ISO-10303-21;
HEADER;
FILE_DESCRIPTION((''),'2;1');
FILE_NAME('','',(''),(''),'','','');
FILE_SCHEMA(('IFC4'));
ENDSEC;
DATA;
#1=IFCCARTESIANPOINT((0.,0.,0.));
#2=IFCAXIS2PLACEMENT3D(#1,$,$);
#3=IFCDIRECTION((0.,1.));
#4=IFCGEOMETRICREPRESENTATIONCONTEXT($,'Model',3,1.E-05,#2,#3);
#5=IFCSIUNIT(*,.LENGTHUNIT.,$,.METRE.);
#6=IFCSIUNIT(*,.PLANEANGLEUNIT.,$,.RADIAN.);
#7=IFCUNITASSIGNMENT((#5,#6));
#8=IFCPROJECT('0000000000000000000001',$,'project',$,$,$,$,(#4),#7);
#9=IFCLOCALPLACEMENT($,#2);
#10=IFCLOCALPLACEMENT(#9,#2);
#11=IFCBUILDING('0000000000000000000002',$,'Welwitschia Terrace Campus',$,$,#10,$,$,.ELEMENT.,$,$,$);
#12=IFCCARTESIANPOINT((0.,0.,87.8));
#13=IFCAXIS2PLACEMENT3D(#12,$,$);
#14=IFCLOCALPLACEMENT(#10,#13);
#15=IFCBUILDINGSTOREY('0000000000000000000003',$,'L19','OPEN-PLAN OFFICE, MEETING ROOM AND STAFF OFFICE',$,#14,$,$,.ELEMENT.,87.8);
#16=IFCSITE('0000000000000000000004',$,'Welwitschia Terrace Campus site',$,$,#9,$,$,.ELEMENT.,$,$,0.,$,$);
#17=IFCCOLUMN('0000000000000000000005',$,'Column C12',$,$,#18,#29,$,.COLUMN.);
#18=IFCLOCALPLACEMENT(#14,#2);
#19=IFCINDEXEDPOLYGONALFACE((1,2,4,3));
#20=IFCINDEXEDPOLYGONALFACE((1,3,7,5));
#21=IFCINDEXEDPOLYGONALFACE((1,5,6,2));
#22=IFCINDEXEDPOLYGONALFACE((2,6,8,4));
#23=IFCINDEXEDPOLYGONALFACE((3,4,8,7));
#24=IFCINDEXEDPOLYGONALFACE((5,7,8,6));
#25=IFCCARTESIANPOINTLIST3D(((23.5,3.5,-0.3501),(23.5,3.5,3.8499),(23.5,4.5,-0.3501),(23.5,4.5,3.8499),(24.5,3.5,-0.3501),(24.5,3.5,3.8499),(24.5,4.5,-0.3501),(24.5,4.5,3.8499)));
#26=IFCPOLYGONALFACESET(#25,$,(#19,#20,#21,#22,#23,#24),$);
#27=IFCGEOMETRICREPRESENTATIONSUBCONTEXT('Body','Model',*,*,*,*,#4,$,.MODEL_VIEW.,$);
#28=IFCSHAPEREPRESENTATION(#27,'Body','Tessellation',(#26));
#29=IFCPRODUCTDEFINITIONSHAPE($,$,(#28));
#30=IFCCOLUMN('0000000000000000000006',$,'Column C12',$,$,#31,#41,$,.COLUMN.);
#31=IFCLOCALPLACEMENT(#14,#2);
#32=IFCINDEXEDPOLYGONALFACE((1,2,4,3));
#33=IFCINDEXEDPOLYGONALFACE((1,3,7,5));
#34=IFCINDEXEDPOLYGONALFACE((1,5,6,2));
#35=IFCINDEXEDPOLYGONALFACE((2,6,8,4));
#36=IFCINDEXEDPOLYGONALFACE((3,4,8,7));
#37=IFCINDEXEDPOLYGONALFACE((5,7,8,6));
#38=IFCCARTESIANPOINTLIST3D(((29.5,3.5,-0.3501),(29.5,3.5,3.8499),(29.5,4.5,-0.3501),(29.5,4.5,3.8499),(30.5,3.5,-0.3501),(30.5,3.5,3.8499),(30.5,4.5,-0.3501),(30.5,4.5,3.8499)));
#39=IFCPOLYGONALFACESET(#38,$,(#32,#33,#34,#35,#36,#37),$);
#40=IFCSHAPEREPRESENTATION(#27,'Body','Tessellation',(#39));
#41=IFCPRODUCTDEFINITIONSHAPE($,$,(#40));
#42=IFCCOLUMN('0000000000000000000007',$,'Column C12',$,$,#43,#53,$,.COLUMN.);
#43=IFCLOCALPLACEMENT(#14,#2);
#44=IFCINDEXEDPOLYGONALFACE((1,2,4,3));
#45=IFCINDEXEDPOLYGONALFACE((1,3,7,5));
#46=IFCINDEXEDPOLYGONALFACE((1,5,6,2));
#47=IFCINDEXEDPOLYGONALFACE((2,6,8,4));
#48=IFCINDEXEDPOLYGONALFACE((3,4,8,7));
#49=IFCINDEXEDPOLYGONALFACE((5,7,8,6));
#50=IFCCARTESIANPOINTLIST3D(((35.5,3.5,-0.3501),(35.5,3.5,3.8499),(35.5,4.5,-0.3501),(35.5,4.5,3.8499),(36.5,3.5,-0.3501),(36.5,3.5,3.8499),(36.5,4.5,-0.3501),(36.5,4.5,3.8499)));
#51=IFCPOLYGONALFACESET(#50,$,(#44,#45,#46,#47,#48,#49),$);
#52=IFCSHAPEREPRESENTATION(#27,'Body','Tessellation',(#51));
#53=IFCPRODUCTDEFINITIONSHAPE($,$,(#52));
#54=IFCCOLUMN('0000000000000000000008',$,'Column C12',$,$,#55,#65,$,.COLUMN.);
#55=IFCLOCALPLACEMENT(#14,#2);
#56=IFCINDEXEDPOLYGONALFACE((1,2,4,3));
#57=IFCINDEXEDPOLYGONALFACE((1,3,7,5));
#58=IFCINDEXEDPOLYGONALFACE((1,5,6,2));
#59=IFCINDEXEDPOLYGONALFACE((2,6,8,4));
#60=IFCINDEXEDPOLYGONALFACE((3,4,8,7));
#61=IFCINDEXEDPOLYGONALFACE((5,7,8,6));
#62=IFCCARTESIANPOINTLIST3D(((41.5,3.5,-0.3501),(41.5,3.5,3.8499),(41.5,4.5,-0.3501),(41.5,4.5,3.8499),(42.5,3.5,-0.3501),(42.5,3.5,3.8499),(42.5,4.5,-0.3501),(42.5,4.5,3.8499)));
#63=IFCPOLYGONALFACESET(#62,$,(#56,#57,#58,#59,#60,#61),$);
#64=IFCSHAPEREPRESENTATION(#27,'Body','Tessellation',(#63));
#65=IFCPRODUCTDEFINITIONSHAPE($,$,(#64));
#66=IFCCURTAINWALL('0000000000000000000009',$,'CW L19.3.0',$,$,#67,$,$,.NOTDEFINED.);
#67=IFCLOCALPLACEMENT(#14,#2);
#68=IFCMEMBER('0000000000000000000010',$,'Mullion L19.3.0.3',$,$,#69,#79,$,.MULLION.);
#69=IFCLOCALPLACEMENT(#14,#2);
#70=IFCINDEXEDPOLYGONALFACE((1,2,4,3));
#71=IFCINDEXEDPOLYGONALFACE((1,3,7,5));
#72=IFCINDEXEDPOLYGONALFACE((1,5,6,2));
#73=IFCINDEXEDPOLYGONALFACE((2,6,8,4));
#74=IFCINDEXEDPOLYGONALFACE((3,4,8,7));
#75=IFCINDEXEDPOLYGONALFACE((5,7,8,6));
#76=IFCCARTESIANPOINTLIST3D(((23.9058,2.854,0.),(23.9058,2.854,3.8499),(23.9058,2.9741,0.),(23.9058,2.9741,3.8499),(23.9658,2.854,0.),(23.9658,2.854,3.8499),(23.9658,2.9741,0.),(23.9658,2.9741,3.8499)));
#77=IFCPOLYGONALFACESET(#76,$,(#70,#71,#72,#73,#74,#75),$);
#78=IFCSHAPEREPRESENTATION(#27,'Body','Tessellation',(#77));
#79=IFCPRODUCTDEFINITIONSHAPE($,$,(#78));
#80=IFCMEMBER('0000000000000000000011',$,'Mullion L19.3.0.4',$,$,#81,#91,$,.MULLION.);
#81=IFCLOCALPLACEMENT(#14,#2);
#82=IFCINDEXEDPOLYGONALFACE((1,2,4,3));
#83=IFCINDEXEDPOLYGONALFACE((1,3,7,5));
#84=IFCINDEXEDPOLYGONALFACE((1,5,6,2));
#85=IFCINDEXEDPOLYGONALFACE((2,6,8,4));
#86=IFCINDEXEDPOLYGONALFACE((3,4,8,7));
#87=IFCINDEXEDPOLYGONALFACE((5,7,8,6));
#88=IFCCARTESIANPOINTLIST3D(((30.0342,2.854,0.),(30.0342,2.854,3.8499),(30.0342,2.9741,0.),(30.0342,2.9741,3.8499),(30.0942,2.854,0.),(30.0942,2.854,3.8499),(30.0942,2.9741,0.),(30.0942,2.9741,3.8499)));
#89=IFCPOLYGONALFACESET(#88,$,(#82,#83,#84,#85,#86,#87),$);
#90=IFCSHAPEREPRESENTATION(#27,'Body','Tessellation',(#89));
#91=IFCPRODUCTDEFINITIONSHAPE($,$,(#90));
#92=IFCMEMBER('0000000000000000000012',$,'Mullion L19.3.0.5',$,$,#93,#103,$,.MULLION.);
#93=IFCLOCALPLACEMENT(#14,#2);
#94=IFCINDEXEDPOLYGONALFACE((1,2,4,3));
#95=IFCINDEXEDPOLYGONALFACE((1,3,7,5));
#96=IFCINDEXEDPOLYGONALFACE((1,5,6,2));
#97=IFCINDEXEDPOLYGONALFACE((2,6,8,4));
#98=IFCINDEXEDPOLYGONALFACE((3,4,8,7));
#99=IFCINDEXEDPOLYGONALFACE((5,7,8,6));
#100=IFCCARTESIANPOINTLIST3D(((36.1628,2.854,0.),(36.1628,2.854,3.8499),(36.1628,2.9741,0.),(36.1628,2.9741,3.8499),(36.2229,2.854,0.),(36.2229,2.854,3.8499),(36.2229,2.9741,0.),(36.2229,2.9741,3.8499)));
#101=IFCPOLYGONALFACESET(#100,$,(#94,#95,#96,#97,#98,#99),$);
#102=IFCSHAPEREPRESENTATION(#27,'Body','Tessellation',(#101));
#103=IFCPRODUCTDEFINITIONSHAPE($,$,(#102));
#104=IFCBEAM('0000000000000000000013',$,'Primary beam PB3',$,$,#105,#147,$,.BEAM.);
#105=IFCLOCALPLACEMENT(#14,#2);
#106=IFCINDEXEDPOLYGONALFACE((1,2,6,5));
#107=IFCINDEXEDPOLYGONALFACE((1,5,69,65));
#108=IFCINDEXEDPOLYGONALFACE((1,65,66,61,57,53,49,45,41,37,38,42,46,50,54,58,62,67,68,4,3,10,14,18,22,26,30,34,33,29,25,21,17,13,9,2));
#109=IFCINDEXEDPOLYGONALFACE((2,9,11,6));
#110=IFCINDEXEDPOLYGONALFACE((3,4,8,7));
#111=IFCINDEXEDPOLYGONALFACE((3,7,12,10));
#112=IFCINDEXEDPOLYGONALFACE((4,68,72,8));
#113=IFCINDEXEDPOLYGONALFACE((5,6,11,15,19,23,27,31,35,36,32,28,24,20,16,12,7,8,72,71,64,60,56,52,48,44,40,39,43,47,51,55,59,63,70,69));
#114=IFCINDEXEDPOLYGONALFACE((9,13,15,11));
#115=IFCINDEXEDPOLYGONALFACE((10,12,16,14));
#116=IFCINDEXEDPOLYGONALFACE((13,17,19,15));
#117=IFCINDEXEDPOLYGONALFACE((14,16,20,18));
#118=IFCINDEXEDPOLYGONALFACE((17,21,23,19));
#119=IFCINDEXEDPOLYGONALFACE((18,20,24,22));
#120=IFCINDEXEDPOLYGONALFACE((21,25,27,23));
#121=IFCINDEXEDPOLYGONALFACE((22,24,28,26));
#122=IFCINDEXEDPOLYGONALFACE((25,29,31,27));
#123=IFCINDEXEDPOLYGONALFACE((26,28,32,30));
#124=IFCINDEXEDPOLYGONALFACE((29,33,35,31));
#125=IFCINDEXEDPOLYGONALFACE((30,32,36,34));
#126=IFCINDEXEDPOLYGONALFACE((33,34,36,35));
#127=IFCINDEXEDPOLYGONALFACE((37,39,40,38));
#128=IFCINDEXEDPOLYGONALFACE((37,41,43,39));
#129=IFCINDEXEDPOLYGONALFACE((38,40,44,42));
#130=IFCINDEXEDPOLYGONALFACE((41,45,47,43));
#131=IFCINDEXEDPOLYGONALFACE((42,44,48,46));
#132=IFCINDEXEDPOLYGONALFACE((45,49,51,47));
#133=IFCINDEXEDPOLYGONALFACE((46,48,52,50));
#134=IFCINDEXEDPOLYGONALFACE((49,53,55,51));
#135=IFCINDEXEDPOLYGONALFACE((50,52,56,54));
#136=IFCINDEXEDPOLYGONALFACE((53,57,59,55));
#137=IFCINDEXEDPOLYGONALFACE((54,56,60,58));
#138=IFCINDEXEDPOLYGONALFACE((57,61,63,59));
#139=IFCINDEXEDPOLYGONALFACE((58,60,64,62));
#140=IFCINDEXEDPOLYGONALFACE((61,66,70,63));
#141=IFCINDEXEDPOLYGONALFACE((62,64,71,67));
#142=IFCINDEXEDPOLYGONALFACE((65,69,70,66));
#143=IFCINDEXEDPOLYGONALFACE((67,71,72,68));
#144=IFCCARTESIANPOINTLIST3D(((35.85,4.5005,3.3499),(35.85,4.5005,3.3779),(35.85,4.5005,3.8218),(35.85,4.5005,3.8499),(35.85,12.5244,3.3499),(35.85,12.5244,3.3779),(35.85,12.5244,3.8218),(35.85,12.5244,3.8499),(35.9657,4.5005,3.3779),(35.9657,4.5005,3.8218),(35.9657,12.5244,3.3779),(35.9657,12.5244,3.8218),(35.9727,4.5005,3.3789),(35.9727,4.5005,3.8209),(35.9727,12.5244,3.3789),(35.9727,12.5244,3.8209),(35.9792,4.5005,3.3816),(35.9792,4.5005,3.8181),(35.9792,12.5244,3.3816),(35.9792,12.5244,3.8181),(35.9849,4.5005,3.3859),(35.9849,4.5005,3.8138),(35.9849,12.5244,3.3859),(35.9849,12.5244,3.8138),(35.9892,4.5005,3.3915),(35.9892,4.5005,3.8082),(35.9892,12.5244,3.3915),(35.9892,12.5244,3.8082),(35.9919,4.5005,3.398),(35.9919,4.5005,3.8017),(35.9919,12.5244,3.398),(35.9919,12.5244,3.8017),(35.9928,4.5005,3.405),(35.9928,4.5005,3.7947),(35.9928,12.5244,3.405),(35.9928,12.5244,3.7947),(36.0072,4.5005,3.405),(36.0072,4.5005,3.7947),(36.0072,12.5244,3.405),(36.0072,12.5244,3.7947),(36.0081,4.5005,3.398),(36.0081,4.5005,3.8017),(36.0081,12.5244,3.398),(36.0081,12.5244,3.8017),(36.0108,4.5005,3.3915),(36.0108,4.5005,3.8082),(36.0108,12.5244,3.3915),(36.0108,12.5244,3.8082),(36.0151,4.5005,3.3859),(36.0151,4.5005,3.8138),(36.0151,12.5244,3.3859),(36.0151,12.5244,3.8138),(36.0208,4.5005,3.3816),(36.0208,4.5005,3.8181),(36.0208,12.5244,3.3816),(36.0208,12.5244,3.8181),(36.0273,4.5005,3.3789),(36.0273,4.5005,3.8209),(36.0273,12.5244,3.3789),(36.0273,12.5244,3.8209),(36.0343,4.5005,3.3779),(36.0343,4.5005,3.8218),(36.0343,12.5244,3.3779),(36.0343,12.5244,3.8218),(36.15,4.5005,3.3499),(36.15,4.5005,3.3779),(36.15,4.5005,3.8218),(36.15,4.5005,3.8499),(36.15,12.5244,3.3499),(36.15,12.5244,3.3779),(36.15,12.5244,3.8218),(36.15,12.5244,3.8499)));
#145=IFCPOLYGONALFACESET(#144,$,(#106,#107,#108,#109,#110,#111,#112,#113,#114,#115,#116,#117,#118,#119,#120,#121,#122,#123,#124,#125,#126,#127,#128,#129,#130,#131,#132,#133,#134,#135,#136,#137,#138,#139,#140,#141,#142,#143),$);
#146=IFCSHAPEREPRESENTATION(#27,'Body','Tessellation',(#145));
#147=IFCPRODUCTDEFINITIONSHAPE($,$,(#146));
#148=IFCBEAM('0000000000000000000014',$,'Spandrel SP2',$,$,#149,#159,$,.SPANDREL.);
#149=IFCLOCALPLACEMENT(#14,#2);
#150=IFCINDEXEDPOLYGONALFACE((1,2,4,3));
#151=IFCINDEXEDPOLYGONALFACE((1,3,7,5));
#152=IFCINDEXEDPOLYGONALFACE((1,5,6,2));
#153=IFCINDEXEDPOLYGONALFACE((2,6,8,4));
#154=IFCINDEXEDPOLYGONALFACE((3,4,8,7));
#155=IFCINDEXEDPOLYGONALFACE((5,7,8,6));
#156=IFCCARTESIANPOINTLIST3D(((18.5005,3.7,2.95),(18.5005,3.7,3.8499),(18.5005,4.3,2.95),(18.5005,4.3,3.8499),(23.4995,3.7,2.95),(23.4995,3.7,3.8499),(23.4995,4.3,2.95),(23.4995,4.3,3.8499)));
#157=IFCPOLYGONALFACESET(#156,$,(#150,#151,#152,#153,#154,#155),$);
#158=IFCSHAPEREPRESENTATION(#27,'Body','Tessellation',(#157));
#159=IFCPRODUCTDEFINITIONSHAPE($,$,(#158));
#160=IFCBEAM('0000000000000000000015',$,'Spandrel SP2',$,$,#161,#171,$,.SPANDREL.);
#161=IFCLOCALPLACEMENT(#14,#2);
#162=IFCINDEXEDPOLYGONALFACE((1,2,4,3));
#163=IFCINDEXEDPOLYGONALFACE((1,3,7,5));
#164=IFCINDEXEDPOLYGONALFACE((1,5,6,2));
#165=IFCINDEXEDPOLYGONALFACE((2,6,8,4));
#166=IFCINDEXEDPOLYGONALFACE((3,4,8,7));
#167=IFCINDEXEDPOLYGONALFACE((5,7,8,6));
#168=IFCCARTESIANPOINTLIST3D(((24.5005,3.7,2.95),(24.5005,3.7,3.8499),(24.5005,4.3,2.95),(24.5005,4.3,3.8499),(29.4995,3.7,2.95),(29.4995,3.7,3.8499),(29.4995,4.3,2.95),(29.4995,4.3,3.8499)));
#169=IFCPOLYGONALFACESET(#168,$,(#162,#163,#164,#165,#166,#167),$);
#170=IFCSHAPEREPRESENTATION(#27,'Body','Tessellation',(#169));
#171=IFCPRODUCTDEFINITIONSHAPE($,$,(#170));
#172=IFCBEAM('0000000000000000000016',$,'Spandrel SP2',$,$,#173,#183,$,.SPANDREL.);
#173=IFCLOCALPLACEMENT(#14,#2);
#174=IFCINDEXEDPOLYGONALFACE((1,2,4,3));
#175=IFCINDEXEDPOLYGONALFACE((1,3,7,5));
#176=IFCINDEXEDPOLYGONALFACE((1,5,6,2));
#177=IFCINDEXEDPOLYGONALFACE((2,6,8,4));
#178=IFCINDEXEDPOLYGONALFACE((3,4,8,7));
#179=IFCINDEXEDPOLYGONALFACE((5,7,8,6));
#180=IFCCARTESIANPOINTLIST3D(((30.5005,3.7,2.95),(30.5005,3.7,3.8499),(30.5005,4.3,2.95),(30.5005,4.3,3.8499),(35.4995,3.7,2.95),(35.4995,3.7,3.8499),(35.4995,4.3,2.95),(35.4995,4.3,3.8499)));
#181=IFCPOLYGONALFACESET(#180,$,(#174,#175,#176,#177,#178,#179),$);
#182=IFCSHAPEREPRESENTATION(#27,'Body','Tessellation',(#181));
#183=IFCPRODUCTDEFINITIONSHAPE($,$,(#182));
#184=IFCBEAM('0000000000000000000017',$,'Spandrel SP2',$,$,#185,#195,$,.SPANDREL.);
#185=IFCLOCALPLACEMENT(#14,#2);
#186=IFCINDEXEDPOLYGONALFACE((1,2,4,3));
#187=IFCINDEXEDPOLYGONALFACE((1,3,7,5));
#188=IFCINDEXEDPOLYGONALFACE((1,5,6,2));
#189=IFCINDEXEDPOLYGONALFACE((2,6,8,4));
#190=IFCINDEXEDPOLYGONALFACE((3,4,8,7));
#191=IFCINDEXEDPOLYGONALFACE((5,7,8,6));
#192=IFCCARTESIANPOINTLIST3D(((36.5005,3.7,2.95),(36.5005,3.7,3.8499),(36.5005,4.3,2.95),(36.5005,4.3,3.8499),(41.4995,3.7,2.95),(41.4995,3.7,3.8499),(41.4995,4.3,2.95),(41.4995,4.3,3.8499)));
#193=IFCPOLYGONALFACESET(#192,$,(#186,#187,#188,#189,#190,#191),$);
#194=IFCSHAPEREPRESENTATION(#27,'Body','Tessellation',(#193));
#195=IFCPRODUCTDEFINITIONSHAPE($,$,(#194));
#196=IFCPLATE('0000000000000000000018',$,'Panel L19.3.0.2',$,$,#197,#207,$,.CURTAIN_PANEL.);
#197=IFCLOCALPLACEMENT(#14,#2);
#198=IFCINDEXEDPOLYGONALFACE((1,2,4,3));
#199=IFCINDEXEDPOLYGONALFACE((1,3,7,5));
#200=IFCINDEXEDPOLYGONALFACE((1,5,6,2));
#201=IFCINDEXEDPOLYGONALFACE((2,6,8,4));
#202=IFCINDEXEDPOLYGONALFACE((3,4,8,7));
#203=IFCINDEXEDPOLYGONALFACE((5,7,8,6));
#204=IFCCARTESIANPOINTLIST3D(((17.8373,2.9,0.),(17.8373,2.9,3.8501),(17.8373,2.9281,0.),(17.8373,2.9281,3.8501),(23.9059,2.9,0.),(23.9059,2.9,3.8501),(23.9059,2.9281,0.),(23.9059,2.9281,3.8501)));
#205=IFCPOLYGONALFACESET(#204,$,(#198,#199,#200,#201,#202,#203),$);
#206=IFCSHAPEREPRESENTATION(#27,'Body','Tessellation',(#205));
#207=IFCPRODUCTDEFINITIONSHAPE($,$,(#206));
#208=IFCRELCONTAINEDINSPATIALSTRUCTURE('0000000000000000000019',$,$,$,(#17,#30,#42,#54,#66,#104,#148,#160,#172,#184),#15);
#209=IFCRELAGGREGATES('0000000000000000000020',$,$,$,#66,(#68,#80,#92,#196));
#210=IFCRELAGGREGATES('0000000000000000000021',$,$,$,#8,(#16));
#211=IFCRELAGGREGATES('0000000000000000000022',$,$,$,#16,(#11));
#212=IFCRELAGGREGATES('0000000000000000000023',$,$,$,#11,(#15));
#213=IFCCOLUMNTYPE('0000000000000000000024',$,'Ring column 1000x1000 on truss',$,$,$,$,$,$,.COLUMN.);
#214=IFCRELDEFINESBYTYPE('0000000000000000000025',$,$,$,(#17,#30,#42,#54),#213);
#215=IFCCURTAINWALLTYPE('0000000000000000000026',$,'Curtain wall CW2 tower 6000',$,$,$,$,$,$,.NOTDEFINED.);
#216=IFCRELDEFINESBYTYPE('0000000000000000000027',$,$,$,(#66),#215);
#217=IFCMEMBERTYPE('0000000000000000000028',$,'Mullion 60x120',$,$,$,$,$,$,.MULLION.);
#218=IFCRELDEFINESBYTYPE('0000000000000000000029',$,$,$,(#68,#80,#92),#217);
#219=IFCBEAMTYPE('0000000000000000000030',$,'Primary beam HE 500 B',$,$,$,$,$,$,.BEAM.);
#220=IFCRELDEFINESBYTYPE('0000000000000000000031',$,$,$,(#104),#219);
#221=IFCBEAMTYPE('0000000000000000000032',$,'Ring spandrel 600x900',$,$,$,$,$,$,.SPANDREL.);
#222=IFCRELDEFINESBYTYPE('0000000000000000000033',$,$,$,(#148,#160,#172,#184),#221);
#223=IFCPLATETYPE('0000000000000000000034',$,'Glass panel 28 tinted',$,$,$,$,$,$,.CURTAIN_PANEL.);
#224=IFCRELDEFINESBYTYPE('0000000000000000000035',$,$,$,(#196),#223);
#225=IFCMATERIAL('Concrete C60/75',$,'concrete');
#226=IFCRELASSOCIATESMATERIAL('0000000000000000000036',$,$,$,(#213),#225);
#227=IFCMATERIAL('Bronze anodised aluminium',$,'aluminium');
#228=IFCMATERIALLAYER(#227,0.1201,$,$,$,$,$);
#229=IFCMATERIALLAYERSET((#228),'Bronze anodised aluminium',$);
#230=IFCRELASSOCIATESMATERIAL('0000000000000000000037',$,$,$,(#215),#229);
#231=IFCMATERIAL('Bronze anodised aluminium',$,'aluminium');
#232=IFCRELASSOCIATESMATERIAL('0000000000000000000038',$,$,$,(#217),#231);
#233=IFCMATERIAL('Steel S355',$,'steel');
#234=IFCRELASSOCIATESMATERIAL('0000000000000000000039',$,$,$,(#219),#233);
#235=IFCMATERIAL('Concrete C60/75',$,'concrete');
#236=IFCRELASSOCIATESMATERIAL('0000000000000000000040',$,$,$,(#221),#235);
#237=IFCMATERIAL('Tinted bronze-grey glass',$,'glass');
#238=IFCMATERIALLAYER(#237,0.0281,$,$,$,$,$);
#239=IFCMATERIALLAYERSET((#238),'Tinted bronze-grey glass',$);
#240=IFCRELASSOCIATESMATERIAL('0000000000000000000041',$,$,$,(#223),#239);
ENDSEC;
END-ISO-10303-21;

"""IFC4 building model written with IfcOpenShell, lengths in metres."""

from ifc_helpers import new_model, si_unit, direction, frame, origin, origin_2d, place, context, subcontext, project, spatial, rectangle, i_section, extrude, material, layer, layer_set, material_profile, profile_set, type_object, element, aggregate, save


model = new_model("IFC4")

# Units and contexts
model_context = context("Model", 3, precision=1e-05, world=origin(), true_north=direction((0.0, 1.0)))
body_context = subcontext(model_context, "Body", "Model", "MODEL_VIEW")
ifc_project = project(units=[si_unit("LENGTHUNIT", "METRE"), si_unit("PLANEANGLEUNIT", "RADIAN")], contexts=[model_context])

# Site, building, storey
site_placement = place(None, origin())
site = spatial("IfcSite", under=ifc_project, at=site_placement, Name="Welwitschia Terrace Campus site", CompositionType="ELEMENT", RefElevation=0.0)
building_placement = place(site_placement, origin())
building = spatial("IfcBuilding", under=site, at=building_placement, Name="Welwitschia Terrace Campus", CompositionType="ELEMENT")
storey_placement = place(building_placement, frame((0.0, 0.0, 87.8)))
storey = spatial("IfcBuildingStorey", under=building, at=storey_placement, Name="L19", Description="OPEN-PLAN OFFICE, MEETING ROOM AND STAFF OFFICE", CompositionType="ELEMENT", Elevation=87.8)

# Columns
ifc_material_1 = material(Name="Concrete C60/75", Category="concrete")
ifc_material_profile_1 = material_profile(ifc_material_1, rectangle(XDim=1.0, YDim=1.0, at=origin_2d()))
ifc_profile_set_1 = profile_set([ifc_material_profile_1], Name="Concrete C60/75")
column_type = type_object("IfcColumnType", Name="Ring column 1000x1000 on truss", PredefinedType="COLUMN", material=ifc_profile_set_1)
for number, where, z_axis, x_axis, name in (
    (1, (24.0, 4.0, -0.3501), (0.0, 0.0, 1.0), (1.0, 0.0, 0.0), "Column C12"),
    (2, (30.0, 4.0, -0.3501), (0.0, 0.0, 1.0), (1.0, 0.0, 0.0), "Column C12"),
    (3, (36.0, 4.0, -0.3501), (0.0, 0.0, 1.0), (1.0, 0.0, 0.0), "Column C12"),
    (4, (42.0, 4.0, -0.3501), (0.0, 0.0, 1.0), (1.0, 0.0, 0.0), "Column C12"),
):
    element("IfcColumn", number, at=place(storey_placement, frame(where, z_axis=z_axis, x_axis=x_axis)), inside=storey, type_object=column_type, Name=name, PredefinedType="COLUMN", context=body_context, shape_type="SweptSolid", body=[
        extrude(rectangle(XDim=1.0, YDim=1.0, at=origin_2d()), origin(), (0.0, 0.0, 1.0), 4.2),
    ])

# Curtain wall, members
ifc_material_2 = material(Name="Bronze anodised aluminium", Category="aluminium")
ifc_layer_1 = layer(ifc_material_2, 0.1201)
ifc_layer_set_1 = layer_set([ifc_layer_1], Name="Bronze anodised aluminium")
curtain_wall_type = type_object("IfcCurtainWallType", Name="Curtain wall CW2 tower 6000", PredefinedType="NOTDEFINED", material=ifc_layer_set_1)
curtain_wall_placement = place(storey_placement, origin())
curtain_wall = element("IfcCurtainWall", 5, at=curtain_wall_placement, inside=storey, type_object=curtain_wall_type, Name="CW L19.3.0", PredefinedType="NOTDEFINED")
ifc_material_3 = material(Name="Bronze anodised aluminium", Category="aluminium")
ifc_material_profile_2 = material_profile(ifc_material_3, rectangle(XDim=0.1201, YDim=0.0601, at=origin_2d()))
ifc_profile_set_2 = profile_set([ifc_material_profile_2], Name="Bronze anodised aluminium")
member_type = type_object("IfcMemberType", Name="Mullion 60x120", PredefinedType="MULLION", material=ifc_profile_set_2)
member_1_placement = place(storey_placement, frame((23.9358, 2.9141, 0.0), z_axis=(0.0, 0.0, 1.0), x_axis=(0.0, 1.0, 0.0)))
member_1 = element("IfcMember", 6, at=member_1_placement, type_object=member_type, Name="Mullion L19.3.0.3", PredefinedType="MULLION", context=body_context, shape_type="SweptSolid", body=[
    extrude(rectangle(XDim=0.1201, YDim=0.0601, at=origin_2d()), origin(), (0.0, 0.0, 1.0), 3.8499),
])
member_2_placement = place(storey_placement, frame((30.0642, 2.9141, 0.0), z_axis=(0.0, 0.0, 1.0), x_axis=(0.0, 1.0, 0.0)))
member_2 = element("IfcMember", 7, at=member_2_placement, type_object=member_type, Name="Mullion L19.3.0.4", PredefinedType="MULLION", context=body_context, shape_type="SweptSolid", body=[
    extrude(rectangle(XDim=0.1201, YDim=0.0601, at=origin_2d()), origin(), (0.0, 0.0, 1.0), 3.8499),
])
member_3_placement = place(storey_placement, frame((36.1929, 2.9141, 0.0), z_axis=(0.0, 0.0, 1.0), x_axis=(0.0, 1.0, 0.0)))
member_3 = element("IfcMember", 8, at=member_3_placement, type_object=member_type, Name="Mullion L19.3.0.5", PredefinedType="MULLION", context=body_context, shape_type="SweptSolid", body=[
    extrude(rectangle(XDim=0.1201, YDim=0.0601, at=origin_2d()), origin(), (0.0, 0.0, 1.0), 3.8499),
])

# Beams
ifc_material_4 = material(Name="Steel S355", Category="steel")
ifc_material_profile_3 = material_profile(ifc_material_4, i_section(OverallWidth=0.3, OverallDepth=0.5, WebThickness=0.0144, FlangeThickness=0.0281, FilletRadius=0.0271, at=origin_2d()))
ifc_profile_set_3 = profile_set([ifc_material_profile_3], Name="Steel S355")
beam_type_1 = type_object("IfcBeamType", Name="Primary beam HE 500 B", PredefinedType="BEAM", material=ifc_profile_set_3)
beam_placement = place(storey_placement, frame((36.0, 4.5005, 3.5999), z_axis=(0.0, 1.0, 0.0), x_axis=(-1.0, 0.0, 0.0)))
element("IfcBeam", 9, at=beam_placement, inside=storey, type_object=beam_type_1, Name="Primary beam PB3", PredefinedType="BEAM", context=body_context, shape_type="SweptSolid", body=[
    extrude(i_section(OverallWidth=0.3, OverallDepth=0.5, WebThickness=0.0144, FlangeThickness=0.0281, FilletRadius=0.0271, at=origin_2d()), origin(), (0.0, 0.0, 1.0), 8.0239),
])
ifc_material_5 = material(Name="Concrete C60/75", Category="concrete")
ifc_material_profile_4 = material_profile(ifc_material_5, rectangle(XDim=0.6001, YDim=0.8999, at=origin_2d()))
ifc_profile_set_4 = profile_set([ifc_material_profile_4], Name="Concrete C60/75")
beam_type_2 = type_object("IfcBeamType", Name="Ring spandrel 600x900", PredefinedType="SPANDREL", material=ifc_profile_set_4)
for number, where, z_axis, x_axis, name in (
    (10, (18.5005, 4.0, 3.3999), (1.0, 0.0, 0.0), (0.0, 1.0, 0.0), "Spandrel SP2"),
    (11, (24.5005, 4.0, 3.3999), (1.0, 0.0, 0.0), (0.0, 1.0, 0.0), "Spandrel SP2"),
    (12, (30.5005, 4.0, 3.3999), (1.0, 0.0, 0.0), (0.0, 1.0, 0.0), "Spandrel SP2"),
    (13, (36.5005, 4.0, 3.3999), (1.0, 0.0, 0.0), (0.0, 1.0, 0.0), "Spandrel SP2"),
):
    element("IfcBeam", number, at=place(storey_placement, frame(where, z_axis=z_axis, x_axis=x_axis)), inside=storey, type_object=beam_type_2, Name=name, PredefinedType="SPANDREL", context=body_context, shape_type="SweptSolid", body=[
        extrude(rectangle(XDim=0.6001, YDim=0.8999, at=origin_2d()), origin(), (0.0, 0.0, 1.0), 4.999),
    ])

# Plate
ifc_material_6 = material(Name="Tinted bronze-grey glass", Category="glass")
ifc_layer_2 = layer(ifc_material_6, 0.0281)
ifc_layer_set_2 = layer_set([ifc_layer_2], Name="Tinted bronze-grey glass")
plate_type = type_object("IfcPlateType", Name="Glass panel 28 tinted", PredefinedType="CURTAIN_PANEL", material=ifc_layer_set_2)
plate_1_placement = place(storey_placement, frame((20.8716, 2.9141, 0.0), z_axis=(0.0, 0.0, 1.0), x_axis=(1.0, 0.0, 0.0)))
plate_1 = element("IfcPlate", 14, at=plate_1_placement, type_object=plate_type, Name="Panel L19.3.0.2", PredefinedType="CURTAIN_PANEL", context=body_context, shape_type="SweptSolid", body=[
    extrude(rectangle(XDim=6.0686, YDim=0.0281, at=origin_2d()), origin(), (0.0, 0.0, 1.0), 3.8501),
])
aggregate(curtain_wall, [member_1, member_2, member_3, plate_1])

save(model, "model.ifc")
